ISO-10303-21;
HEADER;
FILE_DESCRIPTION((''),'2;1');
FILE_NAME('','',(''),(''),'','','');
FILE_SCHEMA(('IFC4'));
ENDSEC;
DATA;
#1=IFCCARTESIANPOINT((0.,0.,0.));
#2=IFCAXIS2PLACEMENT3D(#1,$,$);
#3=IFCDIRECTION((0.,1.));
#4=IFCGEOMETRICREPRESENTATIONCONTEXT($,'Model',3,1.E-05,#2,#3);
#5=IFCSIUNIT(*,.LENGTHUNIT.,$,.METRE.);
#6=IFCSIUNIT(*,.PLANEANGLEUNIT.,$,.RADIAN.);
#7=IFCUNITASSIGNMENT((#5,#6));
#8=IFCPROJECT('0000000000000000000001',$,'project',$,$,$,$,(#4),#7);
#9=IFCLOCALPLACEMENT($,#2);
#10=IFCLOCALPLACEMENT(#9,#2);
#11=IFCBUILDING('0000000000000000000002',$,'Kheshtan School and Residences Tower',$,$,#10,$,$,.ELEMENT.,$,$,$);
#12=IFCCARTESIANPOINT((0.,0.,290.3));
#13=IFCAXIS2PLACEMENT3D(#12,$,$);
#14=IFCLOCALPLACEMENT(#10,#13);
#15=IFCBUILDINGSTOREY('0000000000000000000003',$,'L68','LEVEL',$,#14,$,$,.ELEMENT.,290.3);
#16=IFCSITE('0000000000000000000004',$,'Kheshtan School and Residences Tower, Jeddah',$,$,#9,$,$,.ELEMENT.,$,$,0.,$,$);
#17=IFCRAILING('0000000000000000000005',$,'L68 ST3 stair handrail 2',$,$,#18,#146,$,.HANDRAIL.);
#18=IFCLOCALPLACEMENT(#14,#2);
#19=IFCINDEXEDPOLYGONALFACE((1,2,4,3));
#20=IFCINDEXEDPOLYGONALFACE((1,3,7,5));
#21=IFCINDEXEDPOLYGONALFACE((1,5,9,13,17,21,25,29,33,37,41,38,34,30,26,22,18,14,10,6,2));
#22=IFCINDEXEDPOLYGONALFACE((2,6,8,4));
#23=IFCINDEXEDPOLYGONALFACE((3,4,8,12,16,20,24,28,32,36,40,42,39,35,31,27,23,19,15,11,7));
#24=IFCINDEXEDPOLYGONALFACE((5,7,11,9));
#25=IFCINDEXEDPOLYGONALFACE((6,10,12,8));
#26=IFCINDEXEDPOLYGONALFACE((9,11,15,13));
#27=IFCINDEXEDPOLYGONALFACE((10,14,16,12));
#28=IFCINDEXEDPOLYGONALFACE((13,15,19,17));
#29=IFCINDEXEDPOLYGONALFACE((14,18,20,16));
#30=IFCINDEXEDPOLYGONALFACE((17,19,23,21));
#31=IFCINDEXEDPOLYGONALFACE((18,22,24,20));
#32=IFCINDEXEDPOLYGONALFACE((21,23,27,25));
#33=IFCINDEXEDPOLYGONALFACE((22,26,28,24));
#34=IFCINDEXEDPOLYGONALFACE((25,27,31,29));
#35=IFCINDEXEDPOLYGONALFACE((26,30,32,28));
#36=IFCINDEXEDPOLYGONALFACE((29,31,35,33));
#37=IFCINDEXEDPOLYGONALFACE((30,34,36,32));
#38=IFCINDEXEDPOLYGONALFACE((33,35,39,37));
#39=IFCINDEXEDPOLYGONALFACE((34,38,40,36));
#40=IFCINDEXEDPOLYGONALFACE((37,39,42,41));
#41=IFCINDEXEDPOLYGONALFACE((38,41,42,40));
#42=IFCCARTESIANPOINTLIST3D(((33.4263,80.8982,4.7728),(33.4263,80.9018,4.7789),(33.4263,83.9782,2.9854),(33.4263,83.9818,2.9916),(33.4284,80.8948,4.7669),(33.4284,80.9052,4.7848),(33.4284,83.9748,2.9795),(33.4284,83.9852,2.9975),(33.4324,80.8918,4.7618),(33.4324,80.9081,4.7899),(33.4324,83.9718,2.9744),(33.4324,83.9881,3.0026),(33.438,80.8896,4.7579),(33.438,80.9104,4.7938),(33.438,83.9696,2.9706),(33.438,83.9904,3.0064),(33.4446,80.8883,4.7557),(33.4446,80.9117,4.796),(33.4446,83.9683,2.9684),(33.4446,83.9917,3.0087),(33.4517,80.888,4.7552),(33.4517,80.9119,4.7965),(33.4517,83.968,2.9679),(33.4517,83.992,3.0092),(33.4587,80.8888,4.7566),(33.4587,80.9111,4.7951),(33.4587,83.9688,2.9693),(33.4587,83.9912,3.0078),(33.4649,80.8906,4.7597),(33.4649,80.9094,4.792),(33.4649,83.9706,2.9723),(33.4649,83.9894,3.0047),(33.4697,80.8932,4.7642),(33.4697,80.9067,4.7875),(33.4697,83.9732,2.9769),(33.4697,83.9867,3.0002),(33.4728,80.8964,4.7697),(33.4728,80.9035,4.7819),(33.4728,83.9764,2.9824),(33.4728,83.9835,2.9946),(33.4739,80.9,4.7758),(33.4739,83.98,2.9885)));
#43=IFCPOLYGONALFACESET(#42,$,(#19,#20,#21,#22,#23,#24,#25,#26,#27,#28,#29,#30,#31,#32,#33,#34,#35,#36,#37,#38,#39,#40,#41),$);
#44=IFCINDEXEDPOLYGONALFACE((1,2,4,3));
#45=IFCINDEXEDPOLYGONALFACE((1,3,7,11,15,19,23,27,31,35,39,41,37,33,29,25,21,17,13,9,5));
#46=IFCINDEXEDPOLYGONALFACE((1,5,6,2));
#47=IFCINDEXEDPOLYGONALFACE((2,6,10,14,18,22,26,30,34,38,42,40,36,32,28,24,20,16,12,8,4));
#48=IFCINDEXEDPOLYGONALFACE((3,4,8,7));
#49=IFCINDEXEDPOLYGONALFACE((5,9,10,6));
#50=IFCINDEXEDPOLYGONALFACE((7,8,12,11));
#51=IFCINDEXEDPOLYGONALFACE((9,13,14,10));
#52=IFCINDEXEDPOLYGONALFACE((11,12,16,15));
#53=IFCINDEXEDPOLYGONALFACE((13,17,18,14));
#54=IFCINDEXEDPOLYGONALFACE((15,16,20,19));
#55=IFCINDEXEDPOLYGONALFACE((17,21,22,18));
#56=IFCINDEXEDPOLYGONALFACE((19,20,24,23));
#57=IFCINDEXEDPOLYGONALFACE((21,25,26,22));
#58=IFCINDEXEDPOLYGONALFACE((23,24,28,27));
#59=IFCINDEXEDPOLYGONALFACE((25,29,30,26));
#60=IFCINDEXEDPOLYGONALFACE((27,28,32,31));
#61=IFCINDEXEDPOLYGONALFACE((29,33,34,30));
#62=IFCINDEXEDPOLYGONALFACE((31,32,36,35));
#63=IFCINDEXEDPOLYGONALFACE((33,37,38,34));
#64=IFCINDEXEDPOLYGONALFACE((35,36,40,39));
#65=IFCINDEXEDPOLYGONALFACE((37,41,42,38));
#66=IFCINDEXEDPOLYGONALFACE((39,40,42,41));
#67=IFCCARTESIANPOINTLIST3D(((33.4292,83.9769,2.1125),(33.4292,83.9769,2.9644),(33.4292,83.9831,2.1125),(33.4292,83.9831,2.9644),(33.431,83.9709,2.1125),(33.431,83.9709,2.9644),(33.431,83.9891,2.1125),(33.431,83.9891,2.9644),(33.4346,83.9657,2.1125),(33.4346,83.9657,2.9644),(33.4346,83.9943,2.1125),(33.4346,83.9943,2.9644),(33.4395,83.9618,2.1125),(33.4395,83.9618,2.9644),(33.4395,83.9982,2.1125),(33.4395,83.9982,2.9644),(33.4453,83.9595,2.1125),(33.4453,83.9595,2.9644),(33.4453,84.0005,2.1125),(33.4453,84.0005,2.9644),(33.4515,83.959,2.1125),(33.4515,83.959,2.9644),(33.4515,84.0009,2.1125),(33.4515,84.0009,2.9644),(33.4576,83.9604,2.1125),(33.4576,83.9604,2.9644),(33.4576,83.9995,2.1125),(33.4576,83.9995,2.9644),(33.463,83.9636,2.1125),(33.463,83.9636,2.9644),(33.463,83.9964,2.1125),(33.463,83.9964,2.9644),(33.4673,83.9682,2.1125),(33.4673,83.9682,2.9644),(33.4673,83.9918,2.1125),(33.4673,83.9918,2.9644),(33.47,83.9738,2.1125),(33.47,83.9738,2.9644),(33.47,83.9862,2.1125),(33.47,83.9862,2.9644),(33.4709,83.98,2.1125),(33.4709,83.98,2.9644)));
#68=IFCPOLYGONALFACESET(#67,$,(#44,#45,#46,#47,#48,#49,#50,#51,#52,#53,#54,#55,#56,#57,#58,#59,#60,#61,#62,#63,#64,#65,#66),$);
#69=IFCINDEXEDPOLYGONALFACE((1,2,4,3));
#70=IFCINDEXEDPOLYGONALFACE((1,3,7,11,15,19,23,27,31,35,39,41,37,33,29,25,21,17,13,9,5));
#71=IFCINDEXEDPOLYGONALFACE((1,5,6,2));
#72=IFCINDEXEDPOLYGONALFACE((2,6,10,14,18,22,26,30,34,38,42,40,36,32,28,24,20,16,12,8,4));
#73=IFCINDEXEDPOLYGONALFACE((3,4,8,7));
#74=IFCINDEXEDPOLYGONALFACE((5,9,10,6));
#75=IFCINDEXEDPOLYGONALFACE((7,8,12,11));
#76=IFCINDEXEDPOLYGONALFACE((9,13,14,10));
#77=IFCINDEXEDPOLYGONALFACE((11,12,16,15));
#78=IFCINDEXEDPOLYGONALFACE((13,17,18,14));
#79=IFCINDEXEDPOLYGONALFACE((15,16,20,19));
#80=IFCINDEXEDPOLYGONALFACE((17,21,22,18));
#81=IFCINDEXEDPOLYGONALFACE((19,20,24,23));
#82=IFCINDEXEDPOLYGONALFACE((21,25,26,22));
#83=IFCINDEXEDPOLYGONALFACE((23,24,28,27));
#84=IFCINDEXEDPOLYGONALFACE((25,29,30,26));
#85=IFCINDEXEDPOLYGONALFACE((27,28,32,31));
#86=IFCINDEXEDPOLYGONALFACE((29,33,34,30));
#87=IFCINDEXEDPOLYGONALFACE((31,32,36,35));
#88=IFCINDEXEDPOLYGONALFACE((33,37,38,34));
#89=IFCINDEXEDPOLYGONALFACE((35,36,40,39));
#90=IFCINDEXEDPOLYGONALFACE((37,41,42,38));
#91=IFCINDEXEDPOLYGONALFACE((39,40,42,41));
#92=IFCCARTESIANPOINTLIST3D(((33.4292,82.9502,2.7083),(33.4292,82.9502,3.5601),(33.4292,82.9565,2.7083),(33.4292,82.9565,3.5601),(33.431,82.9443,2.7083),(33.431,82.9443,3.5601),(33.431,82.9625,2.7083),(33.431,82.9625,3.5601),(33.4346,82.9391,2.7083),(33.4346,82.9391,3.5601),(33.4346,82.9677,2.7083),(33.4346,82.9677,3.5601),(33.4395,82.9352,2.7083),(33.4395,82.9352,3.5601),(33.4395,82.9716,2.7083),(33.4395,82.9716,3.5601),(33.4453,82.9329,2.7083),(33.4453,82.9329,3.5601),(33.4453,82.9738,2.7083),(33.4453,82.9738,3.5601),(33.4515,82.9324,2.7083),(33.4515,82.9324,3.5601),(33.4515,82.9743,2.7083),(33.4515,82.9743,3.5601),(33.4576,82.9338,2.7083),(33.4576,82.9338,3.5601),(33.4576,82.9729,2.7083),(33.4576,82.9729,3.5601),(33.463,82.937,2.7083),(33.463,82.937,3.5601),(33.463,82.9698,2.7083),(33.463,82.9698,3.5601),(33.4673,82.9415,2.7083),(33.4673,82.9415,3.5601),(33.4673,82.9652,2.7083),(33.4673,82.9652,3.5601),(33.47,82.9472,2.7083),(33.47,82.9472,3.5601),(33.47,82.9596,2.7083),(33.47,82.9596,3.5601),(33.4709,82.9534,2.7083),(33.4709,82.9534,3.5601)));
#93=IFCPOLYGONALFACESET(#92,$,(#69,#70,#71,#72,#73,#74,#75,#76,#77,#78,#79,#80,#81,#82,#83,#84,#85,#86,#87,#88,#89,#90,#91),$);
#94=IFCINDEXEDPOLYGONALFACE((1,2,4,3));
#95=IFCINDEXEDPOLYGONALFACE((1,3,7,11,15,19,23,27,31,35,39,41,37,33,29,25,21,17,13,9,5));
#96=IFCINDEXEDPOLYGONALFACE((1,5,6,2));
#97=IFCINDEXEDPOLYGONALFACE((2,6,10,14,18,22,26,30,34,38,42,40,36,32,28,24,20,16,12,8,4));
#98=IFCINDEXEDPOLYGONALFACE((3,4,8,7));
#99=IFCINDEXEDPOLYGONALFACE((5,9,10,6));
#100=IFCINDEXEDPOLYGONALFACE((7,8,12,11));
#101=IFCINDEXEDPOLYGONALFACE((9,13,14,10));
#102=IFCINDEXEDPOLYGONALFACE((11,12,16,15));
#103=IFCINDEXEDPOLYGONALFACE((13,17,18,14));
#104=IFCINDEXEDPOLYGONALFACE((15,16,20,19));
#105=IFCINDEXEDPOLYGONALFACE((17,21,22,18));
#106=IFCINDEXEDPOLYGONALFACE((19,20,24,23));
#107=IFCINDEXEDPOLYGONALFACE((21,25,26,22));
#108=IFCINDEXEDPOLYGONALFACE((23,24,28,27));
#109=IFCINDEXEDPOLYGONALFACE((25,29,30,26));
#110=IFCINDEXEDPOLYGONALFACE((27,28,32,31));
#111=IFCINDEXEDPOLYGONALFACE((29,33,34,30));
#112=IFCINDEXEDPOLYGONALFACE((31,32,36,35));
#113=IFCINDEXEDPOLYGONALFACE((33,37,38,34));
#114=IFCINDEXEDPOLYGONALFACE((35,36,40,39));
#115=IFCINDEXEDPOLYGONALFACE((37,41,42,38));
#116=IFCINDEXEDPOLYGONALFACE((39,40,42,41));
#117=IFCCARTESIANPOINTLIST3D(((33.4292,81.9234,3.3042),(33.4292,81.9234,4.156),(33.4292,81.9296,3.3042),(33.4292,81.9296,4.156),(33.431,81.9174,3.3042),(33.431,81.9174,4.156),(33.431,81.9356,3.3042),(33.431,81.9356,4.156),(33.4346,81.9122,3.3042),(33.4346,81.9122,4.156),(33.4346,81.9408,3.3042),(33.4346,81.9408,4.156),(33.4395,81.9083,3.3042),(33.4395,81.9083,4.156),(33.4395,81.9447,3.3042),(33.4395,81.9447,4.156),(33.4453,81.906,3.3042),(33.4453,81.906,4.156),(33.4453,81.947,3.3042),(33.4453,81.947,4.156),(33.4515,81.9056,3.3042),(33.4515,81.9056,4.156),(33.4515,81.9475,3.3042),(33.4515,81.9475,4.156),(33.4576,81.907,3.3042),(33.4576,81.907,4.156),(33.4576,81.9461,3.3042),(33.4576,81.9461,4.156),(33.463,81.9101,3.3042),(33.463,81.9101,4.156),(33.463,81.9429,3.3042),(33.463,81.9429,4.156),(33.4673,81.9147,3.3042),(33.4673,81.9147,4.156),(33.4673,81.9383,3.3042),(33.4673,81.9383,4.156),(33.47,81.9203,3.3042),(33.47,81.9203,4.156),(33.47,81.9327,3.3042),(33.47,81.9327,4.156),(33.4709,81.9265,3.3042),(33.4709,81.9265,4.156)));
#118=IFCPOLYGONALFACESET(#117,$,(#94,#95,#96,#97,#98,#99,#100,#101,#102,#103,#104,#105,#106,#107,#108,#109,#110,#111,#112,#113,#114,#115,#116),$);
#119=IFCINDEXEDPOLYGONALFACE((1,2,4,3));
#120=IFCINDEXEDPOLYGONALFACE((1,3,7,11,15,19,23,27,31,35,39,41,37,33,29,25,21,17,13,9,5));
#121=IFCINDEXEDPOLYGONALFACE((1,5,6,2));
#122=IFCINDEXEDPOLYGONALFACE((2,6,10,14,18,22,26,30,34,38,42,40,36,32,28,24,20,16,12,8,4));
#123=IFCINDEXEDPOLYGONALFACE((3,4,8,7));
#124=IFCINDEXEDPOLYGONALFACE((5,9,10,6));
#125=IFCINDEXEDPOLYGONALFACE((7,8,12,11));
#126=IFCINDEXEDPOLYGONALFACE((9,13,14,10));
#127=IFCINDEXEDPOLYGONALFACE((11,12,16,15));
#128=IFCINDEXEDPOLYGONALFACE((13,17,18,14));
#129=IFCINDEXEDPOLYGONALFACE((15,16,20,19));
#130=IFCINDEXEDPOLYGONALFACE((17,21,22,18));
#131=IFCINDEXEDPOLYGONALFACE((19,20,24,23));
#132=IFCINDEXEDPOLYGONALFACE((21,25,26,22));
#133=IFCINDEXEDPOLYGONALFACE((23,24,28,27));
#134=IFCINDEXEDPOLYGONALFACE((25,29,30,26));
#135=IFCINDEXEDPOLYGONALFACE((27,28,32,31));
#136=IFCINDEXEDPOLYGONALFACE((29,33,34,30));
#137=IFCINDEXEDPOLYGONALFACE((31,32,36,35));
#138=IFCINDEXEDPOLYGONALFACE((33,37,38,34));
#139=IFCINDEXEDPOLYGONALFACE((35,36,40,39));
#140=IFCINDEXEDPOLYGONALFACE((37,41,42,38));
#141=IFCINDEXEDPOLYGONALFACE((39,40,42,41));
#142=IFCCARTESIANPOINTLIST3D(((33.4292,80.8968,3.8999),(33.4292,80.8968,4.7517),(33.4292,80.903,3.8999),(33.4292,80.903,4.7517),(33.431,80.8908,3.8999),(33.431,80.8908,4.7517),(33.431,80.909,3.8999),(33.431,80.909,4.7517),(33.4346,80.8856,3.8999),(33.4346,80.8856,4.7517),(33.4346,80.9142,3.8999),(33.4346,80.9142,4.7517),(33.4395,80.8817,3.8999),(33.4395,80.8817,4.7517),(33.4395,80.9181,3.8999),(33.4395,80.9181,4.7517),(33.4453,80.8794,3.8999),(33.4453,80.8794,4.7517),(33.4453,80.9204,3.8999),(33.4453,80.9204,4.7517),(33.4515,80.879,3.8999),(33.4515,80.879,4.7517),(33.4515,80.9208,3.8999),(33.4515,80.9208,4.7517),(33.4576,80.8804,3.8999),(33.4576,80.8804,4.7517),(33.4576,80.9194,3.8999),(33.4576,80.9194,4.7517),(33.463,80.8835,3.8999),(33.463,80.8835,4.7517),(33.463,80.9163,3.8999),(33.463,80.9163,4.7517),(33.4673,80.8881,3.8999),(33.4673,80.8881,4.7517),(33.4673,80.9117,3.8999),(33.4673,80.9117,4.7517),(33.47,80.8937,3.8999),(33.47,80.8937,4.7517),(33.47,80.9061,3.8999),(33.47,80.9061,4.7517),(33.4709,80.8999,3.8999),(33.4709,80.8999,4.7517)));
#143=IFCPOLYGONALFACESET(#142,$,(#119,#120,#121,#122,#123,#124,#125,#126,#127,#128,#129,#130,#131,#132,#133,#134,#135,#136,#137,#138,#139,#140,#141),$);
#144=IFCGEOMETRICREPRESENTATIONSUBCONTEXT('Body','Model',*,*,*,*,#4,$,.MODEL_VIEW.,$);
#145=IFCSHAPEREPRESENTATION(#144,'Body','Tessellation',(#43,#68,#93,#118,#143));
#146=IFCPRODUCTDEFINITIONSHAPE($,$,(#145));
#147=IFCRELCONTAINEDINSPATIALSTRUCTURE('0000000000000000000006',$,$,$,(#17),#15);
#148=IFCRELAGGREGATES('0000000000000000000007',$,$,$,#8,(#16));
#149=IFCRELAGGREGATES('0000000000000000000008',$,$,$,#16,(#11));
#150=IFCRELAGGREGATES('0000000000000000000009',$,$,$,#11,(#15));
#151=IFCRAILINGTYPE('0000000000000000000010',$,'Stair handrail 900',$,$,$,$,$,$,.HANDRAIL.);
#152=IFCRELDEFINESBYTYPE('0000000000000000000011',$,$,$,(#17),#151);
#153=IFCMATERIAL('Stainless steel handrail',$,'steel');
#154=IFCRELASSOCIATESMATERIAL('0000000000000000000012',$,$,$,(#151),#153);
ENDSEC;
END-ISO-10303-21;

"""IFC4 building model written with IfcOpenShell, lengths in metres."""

from ifc_helpers import new_model, si_unit, direction, frame, origin, origin_2d, place, context, subcontext, project, spatial, circle, extrude, material, type_object, element, save


model = new_model("IFC4")

# Units and contexts
model_context = context("Model", 3, precision=1e-05, world=origin(), true_north=direction((0.0, 1.0)))
body_context = subcontext(model_context, "Body", "Model", "MODEL_VIEW")
ifc_project = project(units=[si_unit("LENGTHUNIT", "METRE"), si_unit("PLANEANGLEUNIT", "RADIAN")], contexts=[model_context])

# Site, building, storey
site_placement = place(None, origin())
site = spatial("IfcSite", under=ifc_project, at=site_placement, Name="Kheshtan School and Residences Tower, Jeddah", CompositionType="ELEMENT", RefElevation=0.0)
building_placement = place(site_placement, origin())
building = spatial("IfcBuilding", under=site, at=building_placement, Name="Kheshtan School and Residences Tower", CompositionType="ELEMENT")
storey_placement = place(building_placement, frame((0.0, 0.0, 290.3)))
storey = spatial("IfcBuildingStorey", under=building, at=storey_placement, Name="L68", Description="LEVEL", CompositionType="ELEMENT", Elevation=290.3)

# Railing
ifc_material_1 = material(Name="Stainless steel handrail", Category="steel")
railing_type_1 = type_object("IfcRailingType", Name="Stair handrail 900", PredefinedType="HANDRAIL", material=ifc_material_1)
railing_1_placement = place(storey_placement, frame((33.45, 83.98, 2.1125)))
element("IfcRailing", 1, at=railing_1_placement, inside=storey, type_object=railing_type_1, Name="L68 ST3 stair handrail 2", PredefinedType="HANDRAIL", context=body_context, shape_type="SweptSolid", body=[
    extrude(circle(Radius=0.0239, at=origin_2d()), frame((0.0, 0.0, 0.876), z_axis=(0.0, -0.86492, 0.501909), x_axis=(1.0, 0.0, 0.0)), (0.0, 0.0, 1.0), 3.561),
    extrude(circle(Radius=0.021, at=origin_2d()), origin(), (0.0, 0.0, 1.0), 0.8518),
    extrude(circle(Radius=0.021, at=origin_2d()), frame((0.0, -1.0266, 0.5957)), (0.0, 0.0, 1.0), 0.8518),
    extrude(circle(Radius=0.021, at=origin_2d()), frame((0.0, -2.0535, 1.1917)), (0.0, 0.0, 1.0), 0.8518),
    extrude(circle(Radius=0.021, at=origin_2d()), frame((0.0, -3.0801, 1.7874)), (0.0, 0.0, 1.0), 0.8518),
])

save(model, "model.ifc")
